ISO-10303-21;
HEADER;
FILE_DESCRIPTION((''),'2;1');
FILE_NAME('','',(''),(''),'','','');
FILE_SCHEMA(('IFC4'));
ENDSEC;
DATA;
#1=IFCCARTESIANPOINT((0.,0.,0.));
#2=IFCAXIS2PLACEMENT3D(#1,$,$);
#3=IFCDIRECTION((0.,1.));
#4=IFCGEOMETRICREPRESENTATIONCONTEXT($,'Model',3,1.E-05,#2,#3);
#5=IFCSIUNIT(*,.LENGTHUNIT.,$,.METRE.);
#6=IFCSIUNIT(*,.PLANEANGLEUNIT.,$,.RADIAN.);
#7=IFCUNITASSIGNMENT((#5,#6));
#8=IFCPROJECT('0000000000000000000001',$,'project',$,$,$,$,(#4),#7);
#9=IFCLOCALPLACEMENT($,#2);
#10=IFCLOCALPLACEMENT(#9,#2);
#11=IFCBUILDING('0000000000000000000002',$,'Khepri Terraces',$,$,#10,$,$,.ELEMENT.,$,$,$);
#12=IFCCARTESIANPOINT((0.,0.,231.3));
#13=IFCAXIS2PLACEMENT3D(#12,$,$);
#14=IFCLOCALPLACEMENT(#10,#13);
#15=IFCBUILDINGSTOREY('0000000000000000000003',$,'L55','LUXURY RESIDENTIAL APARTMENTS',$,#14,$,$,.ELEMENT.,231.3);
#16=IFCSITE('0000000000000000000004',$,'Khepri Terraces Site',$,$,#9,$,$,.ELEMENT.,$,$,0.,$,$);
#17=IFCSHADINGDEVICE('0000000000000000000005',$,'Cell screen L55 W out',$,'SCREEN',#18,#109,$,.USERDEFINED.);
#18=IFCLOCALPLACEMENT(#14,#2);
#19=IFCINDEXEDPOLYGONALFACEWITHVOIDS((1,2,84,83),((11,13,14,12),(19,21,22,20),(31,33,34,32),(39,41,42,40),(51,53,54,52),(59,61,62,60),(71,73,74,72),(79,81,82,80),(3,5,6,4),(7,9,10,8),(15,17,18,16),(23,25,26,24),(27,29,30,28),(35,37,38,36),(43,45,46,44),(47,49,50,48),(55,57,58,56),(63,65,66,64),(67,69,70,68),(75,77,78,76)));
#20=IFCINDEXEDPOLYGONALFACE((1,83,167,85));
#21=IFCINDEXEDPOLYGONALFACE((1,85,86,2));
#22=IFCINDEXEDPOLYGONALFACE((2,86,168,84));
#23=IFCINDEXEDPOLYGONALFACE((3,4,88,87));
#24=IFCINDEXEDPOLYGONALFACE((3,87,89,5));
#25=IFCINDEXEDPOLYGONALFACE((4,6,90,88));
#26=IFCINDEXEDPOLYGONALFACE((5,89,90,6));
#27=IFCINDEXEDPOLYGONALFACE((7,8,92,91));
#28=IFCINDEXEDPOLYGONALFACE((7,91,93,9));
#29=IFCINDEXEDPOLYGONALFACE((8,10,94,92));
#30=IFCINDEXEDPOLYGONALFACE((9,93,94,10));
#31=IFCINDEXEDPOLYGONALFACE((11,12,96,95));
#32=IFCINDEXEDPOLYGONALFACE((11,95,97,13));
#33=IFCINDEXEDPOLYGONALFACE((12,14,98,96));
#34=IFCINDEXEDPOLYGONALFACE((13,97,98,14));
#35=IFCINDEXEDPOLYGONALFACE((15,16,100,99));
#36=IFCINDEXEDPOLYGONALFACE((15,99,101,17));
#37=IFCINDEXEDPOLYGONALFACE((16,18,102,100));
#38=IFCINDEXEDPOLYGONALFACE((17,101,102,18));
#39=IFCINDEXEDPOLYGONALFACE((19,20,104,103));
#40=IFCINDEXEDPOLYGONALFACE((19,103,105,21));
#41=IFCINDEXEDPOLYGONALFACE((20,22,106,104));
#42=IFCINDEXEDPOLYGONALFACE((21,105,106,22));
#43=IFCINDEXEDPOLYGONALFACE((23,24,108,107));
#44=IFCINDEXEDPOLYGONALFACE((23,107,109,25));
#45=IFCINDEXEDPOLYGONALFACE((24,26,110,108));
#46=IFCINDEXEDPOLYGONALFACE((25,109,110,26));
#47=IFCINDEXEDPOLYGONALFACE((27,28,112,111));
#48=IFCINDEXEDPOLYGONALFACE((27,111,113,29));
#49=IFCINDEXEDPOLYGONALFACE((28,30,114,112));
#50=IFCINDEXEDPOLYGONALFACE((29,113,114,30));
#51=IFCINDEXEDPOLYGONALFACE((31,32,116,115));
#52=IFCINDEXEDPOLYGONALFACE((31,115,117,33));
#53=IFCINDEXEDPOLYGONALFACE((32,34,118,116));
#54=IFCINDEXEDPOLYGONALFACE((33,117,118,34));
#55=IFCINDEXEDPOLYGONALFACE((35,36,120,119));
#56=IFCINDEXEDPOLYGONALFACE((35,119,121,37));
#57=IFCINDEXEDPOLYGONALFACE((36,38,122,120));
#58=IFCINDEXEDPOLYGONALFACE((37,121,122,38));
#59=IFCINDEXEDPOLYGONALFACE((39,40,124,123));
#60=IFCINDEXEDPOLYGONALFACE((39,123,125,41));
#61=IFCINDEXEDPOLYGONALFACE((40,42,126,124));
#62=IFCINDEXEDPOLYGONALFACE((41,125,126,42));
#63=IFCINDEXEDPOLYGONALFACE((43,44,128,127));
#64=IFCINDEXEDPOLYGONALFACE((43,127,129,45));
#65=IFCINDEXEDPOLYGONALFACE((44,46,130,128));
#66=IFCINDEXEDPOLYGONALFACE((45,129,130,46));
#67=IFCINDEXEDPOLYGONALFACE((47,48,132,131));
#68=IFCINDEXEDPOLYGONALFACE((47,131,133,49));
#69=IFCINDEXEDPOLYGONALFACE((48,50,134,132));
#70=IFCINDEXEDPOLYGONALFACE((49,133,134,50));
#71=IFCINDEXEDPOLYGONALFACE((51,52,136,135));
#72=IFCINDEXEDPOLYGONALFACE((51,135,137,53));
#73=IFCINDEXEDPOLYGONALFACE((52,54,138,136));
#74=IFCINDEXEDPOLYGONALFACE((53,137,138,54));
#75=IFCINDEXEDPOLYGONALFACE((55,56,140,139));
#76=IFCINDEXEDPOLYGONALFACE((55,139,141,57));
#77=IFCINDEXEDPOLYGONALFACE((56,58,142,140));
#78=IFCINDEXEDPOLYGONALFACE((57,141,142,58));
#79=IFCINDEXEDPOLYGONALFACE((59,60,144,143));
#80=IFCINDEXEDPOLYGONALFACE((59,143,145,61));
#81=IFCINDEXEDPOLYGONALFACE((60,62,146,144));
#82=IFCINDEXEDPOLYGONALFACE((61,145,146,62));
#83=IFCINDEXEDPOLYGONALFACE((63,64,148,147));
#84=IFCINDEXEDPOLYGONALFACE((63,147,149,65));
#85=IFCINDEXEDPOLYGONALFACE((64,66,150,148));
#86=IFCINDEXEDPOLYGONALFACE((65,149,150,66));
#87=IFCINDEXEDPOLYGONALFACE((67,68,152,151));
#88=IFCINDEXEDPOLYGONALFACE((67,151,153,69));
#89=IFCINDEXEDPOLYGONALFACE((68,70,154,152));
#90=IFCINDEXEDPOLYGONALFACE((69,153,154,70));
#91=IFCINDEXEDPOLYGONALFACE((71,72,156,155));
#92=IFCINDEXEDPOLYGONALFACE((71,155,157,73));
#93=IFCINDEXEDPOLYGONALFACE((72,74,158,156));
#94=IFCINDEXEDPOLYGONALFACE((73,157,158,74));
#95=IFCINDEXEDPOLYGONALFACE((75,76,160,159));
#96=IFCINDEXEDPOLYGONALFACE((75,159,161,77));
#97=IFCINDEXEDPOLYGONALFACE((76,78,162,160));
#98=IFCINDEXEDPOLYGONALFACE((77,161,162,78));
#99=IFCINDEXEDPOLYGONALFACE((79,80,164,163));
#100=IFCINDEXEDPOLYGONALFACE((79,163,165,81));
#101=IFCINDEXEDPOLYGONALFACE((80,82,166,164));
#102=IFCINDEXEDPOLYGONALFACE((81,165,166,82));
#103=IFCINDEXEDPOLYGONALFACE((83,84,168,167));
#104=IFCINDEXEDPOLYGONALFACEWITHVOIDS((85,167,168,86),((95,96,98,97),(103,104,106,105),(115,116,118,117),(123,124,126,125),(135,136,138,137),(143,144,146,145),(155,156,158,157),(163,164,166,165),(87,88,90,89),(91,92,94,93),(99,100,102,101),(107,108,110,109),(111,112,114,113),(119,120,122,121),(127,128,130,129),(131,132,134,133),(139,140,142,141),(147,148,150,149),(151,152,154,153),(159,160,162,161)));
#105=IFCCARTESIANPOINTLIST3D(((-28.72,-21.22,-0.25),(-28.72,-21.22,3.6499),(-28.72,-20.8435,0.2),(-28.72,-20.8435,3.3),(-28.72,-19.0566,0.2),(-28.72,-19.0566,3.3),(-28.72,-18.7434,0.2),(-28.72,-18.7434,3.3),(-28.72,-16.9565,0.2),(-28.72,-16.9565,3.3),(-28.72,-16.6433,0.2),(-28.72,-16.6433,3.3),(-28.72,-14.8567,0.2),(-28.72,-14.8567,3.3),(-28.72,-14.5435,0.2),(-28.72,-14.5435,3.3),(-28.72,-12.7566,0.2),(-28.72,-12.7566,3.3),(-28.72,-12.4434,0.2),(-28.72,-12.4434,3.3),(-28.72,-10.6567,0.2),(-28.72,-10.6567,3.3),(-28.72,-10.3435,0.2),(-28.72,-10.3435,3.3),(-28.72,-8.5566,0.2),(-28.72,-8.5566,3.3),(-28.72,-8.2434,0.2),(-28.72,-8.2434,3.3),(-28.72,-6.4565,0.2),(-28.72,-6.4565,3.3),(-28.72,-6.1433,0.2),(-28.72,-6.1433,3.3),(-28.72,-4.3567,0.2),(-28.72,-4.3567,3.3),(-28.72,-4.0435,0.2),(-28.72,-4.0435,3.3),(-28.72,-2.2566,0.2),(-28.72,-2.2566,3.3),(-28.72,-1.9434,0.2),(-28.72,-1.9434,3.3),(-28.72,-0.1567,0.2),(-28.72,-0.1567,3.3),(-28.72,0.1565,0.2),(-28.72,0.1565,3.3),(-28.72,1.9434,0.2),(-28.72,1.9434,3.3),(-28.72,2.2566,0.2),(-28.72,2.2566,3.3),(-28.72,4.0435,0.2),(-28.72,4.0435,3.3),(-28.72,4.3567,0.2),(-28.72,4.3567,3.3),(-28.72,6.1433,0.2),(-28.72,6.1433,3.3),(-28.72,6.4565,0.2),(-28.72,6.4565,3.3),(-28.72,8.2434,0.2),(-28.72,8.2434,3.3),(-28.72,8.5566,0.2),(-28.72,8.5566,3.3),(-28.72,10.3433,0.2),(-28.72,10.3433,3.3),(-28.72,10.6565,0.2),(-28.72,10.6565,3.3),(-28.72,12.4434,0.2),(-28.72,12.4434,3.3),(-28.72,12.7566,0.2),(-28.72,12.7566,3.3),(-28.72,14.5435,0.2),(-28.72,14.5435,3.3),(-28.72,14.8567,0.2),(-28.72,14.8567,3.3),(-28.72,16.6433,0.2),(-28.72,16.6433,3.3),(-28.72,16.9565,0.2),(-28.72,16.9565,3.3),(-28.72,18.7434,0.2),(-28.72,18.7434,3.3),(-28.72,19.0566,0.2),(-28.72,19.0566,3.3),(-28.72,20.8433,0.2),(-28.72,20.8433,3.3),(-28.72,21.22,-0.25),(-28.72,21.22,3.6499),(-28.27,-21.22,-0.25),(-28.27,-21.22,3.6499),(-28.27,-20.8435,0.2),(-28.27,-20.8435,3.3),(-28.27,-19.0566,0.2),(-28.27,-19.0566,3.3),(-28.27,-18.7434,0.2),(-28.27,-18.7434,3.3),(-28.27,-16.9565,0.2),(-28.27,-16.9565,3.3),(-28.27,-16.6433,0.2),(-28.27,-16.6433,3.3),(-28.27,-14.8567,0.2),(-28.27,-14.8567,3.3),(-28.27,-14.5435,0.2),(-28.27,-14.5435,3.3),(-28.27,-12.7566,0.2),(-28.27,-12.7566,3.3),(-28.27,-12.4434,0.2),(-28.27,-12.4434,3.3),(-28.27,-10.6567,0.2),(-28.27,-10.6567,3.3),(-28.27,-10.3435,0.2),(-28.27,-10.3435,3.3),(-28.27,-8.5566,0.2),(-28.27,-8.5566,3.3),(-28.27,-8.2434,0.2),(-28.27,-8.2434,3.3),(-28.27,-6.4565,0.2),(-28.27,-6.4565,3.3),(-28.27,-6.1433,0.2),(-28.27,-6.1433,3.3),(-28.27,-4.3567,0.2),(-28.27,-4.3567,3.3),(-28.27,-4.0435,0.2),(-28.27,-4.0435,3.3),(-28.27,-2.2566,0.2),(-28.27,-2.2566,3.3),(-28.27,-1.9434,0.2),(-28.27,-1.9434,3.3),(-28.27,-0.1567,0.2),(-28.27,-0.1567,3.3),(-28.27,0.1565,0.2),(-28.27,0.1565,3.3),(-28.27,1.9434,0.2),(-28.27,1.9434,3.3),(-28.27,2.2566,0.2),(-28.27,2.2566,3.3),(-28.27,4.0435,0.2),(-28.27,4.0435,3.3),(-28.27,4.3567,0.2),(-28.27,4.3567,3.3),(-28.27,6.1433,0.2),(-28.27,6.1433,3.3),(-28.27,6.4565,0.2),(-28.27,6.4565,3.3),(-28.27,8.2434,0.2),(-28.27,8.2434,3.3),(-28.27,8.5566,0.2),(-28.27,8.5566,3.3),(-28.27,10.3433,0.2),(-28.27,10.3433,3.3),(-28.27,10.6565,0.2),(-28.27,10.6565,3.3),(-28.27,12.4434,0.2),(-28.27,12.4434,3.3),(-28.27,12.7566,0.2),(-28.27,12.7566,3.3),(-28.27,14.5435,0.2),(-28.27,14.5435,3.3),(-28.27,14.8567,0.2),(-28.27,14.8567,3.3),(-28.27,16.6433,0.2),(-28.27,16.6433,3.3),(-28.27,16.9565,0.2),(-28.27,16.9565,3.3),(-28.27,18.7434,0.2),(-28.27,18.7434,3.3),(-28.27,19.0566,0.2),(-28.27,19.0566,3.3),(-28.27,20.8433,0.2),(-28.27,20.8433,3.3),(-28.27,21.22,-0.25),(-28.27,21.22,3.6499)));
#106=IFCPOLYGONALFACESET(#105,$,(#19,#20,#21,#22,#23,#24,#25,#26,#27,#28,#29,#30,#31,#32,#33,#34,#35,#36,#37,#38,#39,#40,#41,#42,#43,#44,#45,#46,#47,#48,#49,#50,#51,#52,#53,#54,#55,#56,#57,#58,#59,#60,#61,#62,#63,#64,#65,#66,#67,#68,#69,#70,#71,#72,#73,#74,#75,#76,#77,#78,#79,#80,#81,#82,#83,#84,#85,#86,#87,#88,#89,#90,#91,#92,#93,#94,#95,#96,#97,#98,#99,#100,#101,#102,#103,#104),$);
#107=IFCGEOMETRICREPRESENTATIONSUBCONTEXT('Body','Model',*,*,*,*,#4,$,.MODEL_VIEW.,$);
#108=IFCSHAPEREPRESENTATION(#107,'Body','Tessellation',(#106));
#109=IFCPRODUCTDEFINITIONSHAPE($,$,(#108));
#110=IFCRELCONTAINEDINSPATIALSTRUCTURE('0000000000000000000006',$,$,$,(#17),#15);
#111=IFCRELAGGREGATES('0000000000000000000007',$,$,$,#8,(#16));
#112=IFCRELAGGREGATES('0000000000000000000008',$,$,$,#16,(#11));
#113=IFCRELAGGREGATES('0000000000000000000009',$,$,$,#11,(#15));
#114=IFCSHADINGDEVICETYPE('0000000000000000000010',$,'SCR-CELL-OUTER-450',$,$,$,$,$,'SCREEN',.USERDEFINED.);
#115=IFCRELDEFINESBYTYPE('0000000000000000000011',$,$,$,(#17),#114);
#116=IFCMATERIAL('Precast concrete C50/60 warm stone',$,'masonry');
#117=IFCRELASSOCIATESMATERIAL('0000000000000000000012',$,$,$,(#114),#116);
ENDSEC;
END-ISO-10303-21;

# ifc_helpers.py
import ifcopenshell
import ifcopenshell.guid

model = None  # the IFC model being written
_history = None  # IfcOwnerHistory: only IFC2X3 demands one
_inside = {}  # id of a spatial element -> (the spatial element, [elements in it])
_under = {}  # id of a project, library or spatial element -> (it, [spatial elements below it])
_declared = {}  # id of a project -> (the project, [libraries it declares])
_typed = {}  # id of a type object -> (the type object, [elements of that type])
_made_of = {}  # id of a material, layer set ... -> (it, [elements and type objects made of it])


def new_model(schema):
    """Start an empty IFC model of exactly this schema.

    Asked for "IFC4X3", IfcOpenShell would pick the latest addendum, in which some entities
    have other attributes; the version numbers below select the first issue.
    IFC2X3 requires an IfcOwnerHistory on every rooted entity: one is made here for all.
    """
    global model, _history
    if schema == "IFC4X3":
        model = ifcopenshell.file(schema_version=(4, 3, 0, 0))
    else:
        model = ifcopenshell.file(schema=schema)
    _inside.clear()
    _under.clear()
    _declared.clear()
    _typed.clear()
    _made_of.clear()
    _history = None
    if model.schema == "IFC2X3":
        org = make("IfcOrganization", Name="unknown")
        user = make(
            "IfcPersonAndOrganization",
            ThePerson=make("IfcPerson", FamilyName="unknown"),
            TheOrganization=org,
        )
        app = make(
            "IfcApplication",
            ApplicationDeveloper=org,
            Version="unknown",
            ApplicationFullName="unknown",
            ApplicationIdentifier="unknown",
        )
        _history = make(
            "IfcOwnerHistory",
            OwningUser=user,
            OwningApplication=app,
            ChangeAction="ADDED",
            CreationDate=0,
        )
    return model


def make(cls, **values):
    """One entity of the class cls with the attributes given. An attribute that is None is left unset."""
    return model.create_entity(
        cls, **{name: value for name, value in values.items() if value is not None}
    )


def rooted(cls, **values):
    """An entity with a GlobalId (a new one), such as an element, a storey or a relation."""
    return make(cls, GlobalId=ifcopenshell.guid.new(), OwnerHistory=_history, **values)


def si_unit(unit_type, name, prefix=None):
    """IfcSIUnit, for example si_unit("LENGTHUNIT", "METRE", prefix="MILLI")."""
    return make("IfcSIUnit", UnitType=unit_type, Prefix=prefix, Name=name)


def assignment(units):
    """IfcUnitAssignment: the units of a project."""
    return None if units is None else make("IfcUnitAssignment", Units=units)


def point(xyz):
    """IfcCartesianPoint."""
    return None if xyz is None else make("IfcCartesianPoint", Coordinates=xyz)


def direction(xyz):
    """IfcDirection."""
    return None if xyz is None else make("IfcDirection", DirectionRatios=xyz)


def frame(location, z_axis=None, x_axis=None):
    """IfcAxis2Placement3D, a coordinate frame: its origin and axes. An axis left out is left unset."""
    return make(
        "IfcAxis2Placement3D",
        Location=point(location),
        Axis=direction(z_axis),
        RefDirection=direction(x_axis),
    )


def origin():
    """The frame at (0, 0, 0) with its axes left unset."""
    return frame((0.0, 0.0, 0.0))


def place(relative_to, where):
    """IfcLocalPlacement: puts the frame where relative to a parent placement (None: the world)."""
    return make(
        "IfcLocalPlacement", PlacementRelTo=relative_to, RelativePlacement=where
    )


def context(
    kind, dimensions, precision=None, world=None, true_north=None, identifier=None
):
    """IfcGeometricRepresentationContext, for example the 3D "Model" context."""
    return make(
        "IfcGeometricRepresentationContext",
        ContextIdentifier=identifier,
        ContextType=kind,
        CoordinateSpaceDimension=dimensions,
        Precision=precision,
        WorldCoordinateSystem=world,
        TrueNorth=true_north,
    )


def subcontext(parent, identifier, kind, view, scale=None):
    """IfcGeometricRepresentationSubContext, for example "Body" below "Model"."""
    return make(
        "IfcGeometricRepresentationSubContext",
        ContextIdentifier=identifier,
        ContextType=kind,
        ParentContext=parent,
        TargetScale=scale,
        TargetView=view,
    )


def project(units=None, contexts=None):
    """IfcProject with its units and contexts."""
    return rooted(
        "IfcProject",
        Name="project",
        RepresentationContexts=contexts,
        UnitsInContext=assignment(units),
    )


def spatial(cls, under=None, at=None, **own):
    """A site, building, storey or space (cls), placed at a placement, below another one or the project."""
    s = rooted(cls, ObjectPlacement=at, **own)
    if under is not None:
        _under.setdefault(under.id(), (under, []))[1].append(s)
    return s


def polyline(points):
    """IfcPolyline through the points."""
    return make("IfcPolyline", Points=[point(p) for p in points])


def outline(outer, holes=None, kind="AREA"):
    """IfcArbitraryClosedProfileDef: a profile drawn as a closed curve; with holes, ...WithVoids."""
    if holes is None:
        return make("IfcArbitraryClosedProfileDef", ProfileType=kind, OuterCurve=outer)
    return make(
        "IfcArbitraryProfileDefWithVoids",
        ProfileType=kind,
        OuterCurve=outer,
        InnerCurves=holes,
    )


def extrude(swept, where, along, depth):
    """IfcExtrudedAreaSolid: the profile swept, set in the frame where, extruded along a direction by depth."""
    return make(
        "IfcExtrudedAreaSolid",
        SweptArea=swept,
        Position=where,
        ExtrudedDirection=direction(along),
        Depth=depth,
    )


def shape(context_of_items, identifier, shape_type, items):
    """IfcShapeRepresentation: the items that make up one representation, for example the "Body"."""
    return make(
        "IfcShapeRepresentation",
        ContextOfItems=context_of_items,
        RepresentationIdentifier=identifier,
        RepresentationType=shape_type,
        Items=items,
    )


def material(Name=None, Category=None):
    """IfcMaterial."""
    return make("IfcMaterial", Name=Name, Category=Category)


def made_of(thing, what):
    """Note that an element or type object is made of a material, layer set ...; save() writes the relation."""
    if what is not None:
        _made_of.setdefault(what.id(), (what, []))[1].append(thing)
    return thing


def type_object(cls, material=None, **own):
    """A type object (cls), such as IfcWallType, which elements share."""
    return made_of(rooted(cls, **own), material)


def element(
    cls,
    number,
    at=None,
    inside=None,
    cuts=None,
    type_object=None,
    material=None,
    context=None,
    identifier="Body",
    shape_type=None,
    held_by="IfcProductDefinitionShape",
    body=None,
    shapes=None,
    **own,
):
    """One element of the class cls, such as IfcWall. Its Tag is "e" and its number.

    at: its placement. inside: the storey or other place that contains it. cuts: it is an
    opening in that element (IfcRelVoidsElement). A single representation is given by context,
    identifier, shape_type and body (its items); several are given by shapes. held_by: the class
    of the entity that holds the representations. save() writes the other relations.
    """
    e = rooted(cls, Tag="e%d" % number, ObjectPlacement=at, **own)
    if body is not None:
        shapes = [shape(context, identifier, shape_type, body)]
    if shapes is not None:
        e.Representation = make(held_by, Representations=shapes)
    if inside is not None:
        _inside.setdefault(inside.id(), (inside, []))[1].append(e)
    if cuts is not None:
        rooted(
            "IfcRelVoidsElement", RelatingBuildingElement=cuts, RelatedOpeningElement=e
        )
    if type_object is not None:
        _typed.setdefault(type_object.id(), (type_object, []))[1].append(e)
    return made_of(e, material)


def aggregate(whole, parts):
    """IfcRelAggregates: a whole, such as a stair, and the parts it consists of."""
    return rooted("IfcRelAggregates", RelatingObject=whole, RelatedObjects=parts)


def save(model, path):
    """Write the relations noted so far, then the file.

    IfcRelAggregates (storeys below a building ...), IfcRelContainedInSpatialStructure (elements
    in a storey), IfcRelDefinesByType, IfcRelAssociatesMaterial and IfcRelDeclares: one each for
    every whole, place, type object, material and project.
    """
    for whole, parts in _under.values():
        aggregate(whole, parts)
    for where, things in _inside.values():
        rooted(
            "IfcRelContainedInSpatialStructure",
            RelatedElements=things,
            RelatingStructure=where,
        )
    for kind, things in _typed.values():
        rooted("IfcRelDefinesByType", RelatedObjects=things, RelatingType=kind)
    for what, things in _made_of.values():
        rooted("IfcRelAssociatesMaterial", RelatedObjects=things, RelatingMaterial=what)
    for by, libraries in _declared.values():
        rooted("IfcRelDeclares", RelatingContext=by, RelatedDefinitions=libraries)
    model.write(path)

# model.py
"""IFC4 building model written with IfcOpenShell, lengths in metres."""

from ifc_helpers import new_model, si_unit, direction, frame, origin, place, context, subcontext, project, spatial, polyline, outline, extrude, material, type_object, element, save


model = new_model("IFC4")

# Units and contexts
model_context = context("Model", 3, precision=1e-05, world=origin(), true_north=direction((0.0, 1.0)))
body_context = subcontext(model_context, "Body", "Model", "MODEL_VIEW")
ifc_project = project(units=[si_unit("LENGTHUNIT", "METRE"), si_unit("PLANEANGLEUNIT", "RADIAN")], contexts=[model_context])

# Site, building, storey
site_placement = place(None, origin())
site = spatial("IfcSite", under=ifc_project, at=site_placement, Name="Khepri Terraces Site", CompositionType="ELEMENT", RefElevation=0.0)
building_placement = place(site_placement, origin())
building = spatial("IfcBuilding", under=site, at=building_placement, Name="Khepri Terraces", CompositionType="ELEMENT")
storey_placement = place(building_placement, frame((0.0, 0.0, 231.3)))
storey = spatial("IfcBuildingStorey", under=building, at=storey_placement, Name="L55", Description="LUXURY RESIDENTIAL APARTMENTS", CompositionType="ELEMENT", Elevation=231.3)

# Shared definitions
ifc_material_1 = material(Name="Precast concrete C50/60 warm stone", Category="masonry")

# Shading device
shading_device_type_1 = type_object("IfcShadingDeviceType", Name="SCR-CELL-OUTER-450", ElementType="SCREEN", PredefinedType="USERDEFINED", material=ifc_material_1)
shading_device_1_placement = place(storey_placement, frame((-28.27, 21.22, -0.25), z_axis=(-1.0, 0.0, 0.0), x_axis=(0.0, -1.0, 0.0)))
element("IfcShadingDevice", 1, at=shading_device_1_placement, inside=storey, type_object=shading_device_type_1, Name="Cell screen L55 W out", ObjectType="SCREEN", PredefinedType="USERDEFINED", context=body_context, shape_type="SweptSolid", body=[
    extrude(outline(polyline([(0.0, 0.0), (42.4399, 0.0), (42.4399, 3.8999), (0.0, 3.8999), (0.0, 0.0)]), holes=[polyline([(0.3767, 0.45), (2.1633, 0.45), (2.1633, 3.55), (0.3767, 3.55), (0.3767, 0.45)]), polyline([(2.4766, 0.45), (4.2634, 0.45), (4.2634, 3.55), (2.4766, 3.55), (2.4766, 0.45)]), polyline([(4.5767, 0.45), (6.3633, 0.45), (6.3633, 3.55), (4.5767, 3.55), (4.5767, 0.45)]), polyline([(6.6765, 0.45), (8.4634, 0.45), (8.4634, 3.55), (6.6765, 3.55), (6.6765, 0.45)]), polyline([(8.7766, 0.45), (10.5635, 0.45), (10.5635, 3.55), (8.7766, 3.55), (8.7766, 0.45)]), polyline([(10.8767, 0.45), (12.6633, 0.45), (12.6633, 3.55), (10.8767, 3.55), (10.8767, 0.45)]), polyline([(12.9766, 0.45), (14.7634, 0.45), (14.7634, 3.55), (12.9766, 3.55), (12.9766, 0.45)]), polyline([(15.0767, 0.45), (16.8633, 0.45), (16.8633, 3.55), (15.0767, 3.55), (15.0767, 0.45)]), polyline([(17.1765, 0.45), (18.9634, 0.45), (18.9634, 3.55), (17.1765, 3.55), (17.1765, 0.45)]), polyline([(19.2766, 0.45), (21.0635, 0.45), (21.0635, 3.55), (19.2766, 3.55), (19.2766, 0.45)]), polyline([(21.3767, 0.45), (23.1633, 0.45), (23.1633, 3.55), (21.3767, 3.55), (21.3767, 0.45)]), polyline([(23.4766, 0.45), (25.2634, 0.45), (25.2634, 3.55), (23.4766, 3.55), (23.4766, 0.45)]), polyline([(25.5767, 0.45), (27.3633, 0.45), (27.3633, 3.55), (25.5767, 3.55), (25.5767, 0.45)]), polyline([(27.6765, 0.45), (29.4634, 0.45), (29.4634, 3.55), (27.6765, 3.55), (27.6765, 0.45)]), polyline([(29.7766, 0.45), (31.5635, 0.45), (31.5635, 3.55), (29.7766, 3.55), (29.7766, 0.45)]), polyline([(31.8767, 0.45), (33.6633, 0.45), (33.6633, 3.55), (31.8767, 3.55), (31.8767, 0.45)]), polyline([(33.9766, 0.45), (35.7634, 0.45), (35.7634, 3.55), (33.9766, 3.55), (33.9766, 0.45)]), polyline([(36.0767, 0.45), (37.8633, 0.45), (37.8633, 3.55), (36.0767, 3.55), (36.0767, 0.45)]), polyline([(38.1765, 0.45), (39.9634, 0.45), (39.9634, 3.55), (38.1765, 3.55), (38.1765, 0.45)]), polyline([(40.2766, 0.45), (42.0635, 0.45), (42.0635, 3.55), (40.2766, 3.55), (40.2766, 0.45)])]), origin(), (0.0, 0.0, 1.0), 0.45),
])

save(model, "model.ifc")
